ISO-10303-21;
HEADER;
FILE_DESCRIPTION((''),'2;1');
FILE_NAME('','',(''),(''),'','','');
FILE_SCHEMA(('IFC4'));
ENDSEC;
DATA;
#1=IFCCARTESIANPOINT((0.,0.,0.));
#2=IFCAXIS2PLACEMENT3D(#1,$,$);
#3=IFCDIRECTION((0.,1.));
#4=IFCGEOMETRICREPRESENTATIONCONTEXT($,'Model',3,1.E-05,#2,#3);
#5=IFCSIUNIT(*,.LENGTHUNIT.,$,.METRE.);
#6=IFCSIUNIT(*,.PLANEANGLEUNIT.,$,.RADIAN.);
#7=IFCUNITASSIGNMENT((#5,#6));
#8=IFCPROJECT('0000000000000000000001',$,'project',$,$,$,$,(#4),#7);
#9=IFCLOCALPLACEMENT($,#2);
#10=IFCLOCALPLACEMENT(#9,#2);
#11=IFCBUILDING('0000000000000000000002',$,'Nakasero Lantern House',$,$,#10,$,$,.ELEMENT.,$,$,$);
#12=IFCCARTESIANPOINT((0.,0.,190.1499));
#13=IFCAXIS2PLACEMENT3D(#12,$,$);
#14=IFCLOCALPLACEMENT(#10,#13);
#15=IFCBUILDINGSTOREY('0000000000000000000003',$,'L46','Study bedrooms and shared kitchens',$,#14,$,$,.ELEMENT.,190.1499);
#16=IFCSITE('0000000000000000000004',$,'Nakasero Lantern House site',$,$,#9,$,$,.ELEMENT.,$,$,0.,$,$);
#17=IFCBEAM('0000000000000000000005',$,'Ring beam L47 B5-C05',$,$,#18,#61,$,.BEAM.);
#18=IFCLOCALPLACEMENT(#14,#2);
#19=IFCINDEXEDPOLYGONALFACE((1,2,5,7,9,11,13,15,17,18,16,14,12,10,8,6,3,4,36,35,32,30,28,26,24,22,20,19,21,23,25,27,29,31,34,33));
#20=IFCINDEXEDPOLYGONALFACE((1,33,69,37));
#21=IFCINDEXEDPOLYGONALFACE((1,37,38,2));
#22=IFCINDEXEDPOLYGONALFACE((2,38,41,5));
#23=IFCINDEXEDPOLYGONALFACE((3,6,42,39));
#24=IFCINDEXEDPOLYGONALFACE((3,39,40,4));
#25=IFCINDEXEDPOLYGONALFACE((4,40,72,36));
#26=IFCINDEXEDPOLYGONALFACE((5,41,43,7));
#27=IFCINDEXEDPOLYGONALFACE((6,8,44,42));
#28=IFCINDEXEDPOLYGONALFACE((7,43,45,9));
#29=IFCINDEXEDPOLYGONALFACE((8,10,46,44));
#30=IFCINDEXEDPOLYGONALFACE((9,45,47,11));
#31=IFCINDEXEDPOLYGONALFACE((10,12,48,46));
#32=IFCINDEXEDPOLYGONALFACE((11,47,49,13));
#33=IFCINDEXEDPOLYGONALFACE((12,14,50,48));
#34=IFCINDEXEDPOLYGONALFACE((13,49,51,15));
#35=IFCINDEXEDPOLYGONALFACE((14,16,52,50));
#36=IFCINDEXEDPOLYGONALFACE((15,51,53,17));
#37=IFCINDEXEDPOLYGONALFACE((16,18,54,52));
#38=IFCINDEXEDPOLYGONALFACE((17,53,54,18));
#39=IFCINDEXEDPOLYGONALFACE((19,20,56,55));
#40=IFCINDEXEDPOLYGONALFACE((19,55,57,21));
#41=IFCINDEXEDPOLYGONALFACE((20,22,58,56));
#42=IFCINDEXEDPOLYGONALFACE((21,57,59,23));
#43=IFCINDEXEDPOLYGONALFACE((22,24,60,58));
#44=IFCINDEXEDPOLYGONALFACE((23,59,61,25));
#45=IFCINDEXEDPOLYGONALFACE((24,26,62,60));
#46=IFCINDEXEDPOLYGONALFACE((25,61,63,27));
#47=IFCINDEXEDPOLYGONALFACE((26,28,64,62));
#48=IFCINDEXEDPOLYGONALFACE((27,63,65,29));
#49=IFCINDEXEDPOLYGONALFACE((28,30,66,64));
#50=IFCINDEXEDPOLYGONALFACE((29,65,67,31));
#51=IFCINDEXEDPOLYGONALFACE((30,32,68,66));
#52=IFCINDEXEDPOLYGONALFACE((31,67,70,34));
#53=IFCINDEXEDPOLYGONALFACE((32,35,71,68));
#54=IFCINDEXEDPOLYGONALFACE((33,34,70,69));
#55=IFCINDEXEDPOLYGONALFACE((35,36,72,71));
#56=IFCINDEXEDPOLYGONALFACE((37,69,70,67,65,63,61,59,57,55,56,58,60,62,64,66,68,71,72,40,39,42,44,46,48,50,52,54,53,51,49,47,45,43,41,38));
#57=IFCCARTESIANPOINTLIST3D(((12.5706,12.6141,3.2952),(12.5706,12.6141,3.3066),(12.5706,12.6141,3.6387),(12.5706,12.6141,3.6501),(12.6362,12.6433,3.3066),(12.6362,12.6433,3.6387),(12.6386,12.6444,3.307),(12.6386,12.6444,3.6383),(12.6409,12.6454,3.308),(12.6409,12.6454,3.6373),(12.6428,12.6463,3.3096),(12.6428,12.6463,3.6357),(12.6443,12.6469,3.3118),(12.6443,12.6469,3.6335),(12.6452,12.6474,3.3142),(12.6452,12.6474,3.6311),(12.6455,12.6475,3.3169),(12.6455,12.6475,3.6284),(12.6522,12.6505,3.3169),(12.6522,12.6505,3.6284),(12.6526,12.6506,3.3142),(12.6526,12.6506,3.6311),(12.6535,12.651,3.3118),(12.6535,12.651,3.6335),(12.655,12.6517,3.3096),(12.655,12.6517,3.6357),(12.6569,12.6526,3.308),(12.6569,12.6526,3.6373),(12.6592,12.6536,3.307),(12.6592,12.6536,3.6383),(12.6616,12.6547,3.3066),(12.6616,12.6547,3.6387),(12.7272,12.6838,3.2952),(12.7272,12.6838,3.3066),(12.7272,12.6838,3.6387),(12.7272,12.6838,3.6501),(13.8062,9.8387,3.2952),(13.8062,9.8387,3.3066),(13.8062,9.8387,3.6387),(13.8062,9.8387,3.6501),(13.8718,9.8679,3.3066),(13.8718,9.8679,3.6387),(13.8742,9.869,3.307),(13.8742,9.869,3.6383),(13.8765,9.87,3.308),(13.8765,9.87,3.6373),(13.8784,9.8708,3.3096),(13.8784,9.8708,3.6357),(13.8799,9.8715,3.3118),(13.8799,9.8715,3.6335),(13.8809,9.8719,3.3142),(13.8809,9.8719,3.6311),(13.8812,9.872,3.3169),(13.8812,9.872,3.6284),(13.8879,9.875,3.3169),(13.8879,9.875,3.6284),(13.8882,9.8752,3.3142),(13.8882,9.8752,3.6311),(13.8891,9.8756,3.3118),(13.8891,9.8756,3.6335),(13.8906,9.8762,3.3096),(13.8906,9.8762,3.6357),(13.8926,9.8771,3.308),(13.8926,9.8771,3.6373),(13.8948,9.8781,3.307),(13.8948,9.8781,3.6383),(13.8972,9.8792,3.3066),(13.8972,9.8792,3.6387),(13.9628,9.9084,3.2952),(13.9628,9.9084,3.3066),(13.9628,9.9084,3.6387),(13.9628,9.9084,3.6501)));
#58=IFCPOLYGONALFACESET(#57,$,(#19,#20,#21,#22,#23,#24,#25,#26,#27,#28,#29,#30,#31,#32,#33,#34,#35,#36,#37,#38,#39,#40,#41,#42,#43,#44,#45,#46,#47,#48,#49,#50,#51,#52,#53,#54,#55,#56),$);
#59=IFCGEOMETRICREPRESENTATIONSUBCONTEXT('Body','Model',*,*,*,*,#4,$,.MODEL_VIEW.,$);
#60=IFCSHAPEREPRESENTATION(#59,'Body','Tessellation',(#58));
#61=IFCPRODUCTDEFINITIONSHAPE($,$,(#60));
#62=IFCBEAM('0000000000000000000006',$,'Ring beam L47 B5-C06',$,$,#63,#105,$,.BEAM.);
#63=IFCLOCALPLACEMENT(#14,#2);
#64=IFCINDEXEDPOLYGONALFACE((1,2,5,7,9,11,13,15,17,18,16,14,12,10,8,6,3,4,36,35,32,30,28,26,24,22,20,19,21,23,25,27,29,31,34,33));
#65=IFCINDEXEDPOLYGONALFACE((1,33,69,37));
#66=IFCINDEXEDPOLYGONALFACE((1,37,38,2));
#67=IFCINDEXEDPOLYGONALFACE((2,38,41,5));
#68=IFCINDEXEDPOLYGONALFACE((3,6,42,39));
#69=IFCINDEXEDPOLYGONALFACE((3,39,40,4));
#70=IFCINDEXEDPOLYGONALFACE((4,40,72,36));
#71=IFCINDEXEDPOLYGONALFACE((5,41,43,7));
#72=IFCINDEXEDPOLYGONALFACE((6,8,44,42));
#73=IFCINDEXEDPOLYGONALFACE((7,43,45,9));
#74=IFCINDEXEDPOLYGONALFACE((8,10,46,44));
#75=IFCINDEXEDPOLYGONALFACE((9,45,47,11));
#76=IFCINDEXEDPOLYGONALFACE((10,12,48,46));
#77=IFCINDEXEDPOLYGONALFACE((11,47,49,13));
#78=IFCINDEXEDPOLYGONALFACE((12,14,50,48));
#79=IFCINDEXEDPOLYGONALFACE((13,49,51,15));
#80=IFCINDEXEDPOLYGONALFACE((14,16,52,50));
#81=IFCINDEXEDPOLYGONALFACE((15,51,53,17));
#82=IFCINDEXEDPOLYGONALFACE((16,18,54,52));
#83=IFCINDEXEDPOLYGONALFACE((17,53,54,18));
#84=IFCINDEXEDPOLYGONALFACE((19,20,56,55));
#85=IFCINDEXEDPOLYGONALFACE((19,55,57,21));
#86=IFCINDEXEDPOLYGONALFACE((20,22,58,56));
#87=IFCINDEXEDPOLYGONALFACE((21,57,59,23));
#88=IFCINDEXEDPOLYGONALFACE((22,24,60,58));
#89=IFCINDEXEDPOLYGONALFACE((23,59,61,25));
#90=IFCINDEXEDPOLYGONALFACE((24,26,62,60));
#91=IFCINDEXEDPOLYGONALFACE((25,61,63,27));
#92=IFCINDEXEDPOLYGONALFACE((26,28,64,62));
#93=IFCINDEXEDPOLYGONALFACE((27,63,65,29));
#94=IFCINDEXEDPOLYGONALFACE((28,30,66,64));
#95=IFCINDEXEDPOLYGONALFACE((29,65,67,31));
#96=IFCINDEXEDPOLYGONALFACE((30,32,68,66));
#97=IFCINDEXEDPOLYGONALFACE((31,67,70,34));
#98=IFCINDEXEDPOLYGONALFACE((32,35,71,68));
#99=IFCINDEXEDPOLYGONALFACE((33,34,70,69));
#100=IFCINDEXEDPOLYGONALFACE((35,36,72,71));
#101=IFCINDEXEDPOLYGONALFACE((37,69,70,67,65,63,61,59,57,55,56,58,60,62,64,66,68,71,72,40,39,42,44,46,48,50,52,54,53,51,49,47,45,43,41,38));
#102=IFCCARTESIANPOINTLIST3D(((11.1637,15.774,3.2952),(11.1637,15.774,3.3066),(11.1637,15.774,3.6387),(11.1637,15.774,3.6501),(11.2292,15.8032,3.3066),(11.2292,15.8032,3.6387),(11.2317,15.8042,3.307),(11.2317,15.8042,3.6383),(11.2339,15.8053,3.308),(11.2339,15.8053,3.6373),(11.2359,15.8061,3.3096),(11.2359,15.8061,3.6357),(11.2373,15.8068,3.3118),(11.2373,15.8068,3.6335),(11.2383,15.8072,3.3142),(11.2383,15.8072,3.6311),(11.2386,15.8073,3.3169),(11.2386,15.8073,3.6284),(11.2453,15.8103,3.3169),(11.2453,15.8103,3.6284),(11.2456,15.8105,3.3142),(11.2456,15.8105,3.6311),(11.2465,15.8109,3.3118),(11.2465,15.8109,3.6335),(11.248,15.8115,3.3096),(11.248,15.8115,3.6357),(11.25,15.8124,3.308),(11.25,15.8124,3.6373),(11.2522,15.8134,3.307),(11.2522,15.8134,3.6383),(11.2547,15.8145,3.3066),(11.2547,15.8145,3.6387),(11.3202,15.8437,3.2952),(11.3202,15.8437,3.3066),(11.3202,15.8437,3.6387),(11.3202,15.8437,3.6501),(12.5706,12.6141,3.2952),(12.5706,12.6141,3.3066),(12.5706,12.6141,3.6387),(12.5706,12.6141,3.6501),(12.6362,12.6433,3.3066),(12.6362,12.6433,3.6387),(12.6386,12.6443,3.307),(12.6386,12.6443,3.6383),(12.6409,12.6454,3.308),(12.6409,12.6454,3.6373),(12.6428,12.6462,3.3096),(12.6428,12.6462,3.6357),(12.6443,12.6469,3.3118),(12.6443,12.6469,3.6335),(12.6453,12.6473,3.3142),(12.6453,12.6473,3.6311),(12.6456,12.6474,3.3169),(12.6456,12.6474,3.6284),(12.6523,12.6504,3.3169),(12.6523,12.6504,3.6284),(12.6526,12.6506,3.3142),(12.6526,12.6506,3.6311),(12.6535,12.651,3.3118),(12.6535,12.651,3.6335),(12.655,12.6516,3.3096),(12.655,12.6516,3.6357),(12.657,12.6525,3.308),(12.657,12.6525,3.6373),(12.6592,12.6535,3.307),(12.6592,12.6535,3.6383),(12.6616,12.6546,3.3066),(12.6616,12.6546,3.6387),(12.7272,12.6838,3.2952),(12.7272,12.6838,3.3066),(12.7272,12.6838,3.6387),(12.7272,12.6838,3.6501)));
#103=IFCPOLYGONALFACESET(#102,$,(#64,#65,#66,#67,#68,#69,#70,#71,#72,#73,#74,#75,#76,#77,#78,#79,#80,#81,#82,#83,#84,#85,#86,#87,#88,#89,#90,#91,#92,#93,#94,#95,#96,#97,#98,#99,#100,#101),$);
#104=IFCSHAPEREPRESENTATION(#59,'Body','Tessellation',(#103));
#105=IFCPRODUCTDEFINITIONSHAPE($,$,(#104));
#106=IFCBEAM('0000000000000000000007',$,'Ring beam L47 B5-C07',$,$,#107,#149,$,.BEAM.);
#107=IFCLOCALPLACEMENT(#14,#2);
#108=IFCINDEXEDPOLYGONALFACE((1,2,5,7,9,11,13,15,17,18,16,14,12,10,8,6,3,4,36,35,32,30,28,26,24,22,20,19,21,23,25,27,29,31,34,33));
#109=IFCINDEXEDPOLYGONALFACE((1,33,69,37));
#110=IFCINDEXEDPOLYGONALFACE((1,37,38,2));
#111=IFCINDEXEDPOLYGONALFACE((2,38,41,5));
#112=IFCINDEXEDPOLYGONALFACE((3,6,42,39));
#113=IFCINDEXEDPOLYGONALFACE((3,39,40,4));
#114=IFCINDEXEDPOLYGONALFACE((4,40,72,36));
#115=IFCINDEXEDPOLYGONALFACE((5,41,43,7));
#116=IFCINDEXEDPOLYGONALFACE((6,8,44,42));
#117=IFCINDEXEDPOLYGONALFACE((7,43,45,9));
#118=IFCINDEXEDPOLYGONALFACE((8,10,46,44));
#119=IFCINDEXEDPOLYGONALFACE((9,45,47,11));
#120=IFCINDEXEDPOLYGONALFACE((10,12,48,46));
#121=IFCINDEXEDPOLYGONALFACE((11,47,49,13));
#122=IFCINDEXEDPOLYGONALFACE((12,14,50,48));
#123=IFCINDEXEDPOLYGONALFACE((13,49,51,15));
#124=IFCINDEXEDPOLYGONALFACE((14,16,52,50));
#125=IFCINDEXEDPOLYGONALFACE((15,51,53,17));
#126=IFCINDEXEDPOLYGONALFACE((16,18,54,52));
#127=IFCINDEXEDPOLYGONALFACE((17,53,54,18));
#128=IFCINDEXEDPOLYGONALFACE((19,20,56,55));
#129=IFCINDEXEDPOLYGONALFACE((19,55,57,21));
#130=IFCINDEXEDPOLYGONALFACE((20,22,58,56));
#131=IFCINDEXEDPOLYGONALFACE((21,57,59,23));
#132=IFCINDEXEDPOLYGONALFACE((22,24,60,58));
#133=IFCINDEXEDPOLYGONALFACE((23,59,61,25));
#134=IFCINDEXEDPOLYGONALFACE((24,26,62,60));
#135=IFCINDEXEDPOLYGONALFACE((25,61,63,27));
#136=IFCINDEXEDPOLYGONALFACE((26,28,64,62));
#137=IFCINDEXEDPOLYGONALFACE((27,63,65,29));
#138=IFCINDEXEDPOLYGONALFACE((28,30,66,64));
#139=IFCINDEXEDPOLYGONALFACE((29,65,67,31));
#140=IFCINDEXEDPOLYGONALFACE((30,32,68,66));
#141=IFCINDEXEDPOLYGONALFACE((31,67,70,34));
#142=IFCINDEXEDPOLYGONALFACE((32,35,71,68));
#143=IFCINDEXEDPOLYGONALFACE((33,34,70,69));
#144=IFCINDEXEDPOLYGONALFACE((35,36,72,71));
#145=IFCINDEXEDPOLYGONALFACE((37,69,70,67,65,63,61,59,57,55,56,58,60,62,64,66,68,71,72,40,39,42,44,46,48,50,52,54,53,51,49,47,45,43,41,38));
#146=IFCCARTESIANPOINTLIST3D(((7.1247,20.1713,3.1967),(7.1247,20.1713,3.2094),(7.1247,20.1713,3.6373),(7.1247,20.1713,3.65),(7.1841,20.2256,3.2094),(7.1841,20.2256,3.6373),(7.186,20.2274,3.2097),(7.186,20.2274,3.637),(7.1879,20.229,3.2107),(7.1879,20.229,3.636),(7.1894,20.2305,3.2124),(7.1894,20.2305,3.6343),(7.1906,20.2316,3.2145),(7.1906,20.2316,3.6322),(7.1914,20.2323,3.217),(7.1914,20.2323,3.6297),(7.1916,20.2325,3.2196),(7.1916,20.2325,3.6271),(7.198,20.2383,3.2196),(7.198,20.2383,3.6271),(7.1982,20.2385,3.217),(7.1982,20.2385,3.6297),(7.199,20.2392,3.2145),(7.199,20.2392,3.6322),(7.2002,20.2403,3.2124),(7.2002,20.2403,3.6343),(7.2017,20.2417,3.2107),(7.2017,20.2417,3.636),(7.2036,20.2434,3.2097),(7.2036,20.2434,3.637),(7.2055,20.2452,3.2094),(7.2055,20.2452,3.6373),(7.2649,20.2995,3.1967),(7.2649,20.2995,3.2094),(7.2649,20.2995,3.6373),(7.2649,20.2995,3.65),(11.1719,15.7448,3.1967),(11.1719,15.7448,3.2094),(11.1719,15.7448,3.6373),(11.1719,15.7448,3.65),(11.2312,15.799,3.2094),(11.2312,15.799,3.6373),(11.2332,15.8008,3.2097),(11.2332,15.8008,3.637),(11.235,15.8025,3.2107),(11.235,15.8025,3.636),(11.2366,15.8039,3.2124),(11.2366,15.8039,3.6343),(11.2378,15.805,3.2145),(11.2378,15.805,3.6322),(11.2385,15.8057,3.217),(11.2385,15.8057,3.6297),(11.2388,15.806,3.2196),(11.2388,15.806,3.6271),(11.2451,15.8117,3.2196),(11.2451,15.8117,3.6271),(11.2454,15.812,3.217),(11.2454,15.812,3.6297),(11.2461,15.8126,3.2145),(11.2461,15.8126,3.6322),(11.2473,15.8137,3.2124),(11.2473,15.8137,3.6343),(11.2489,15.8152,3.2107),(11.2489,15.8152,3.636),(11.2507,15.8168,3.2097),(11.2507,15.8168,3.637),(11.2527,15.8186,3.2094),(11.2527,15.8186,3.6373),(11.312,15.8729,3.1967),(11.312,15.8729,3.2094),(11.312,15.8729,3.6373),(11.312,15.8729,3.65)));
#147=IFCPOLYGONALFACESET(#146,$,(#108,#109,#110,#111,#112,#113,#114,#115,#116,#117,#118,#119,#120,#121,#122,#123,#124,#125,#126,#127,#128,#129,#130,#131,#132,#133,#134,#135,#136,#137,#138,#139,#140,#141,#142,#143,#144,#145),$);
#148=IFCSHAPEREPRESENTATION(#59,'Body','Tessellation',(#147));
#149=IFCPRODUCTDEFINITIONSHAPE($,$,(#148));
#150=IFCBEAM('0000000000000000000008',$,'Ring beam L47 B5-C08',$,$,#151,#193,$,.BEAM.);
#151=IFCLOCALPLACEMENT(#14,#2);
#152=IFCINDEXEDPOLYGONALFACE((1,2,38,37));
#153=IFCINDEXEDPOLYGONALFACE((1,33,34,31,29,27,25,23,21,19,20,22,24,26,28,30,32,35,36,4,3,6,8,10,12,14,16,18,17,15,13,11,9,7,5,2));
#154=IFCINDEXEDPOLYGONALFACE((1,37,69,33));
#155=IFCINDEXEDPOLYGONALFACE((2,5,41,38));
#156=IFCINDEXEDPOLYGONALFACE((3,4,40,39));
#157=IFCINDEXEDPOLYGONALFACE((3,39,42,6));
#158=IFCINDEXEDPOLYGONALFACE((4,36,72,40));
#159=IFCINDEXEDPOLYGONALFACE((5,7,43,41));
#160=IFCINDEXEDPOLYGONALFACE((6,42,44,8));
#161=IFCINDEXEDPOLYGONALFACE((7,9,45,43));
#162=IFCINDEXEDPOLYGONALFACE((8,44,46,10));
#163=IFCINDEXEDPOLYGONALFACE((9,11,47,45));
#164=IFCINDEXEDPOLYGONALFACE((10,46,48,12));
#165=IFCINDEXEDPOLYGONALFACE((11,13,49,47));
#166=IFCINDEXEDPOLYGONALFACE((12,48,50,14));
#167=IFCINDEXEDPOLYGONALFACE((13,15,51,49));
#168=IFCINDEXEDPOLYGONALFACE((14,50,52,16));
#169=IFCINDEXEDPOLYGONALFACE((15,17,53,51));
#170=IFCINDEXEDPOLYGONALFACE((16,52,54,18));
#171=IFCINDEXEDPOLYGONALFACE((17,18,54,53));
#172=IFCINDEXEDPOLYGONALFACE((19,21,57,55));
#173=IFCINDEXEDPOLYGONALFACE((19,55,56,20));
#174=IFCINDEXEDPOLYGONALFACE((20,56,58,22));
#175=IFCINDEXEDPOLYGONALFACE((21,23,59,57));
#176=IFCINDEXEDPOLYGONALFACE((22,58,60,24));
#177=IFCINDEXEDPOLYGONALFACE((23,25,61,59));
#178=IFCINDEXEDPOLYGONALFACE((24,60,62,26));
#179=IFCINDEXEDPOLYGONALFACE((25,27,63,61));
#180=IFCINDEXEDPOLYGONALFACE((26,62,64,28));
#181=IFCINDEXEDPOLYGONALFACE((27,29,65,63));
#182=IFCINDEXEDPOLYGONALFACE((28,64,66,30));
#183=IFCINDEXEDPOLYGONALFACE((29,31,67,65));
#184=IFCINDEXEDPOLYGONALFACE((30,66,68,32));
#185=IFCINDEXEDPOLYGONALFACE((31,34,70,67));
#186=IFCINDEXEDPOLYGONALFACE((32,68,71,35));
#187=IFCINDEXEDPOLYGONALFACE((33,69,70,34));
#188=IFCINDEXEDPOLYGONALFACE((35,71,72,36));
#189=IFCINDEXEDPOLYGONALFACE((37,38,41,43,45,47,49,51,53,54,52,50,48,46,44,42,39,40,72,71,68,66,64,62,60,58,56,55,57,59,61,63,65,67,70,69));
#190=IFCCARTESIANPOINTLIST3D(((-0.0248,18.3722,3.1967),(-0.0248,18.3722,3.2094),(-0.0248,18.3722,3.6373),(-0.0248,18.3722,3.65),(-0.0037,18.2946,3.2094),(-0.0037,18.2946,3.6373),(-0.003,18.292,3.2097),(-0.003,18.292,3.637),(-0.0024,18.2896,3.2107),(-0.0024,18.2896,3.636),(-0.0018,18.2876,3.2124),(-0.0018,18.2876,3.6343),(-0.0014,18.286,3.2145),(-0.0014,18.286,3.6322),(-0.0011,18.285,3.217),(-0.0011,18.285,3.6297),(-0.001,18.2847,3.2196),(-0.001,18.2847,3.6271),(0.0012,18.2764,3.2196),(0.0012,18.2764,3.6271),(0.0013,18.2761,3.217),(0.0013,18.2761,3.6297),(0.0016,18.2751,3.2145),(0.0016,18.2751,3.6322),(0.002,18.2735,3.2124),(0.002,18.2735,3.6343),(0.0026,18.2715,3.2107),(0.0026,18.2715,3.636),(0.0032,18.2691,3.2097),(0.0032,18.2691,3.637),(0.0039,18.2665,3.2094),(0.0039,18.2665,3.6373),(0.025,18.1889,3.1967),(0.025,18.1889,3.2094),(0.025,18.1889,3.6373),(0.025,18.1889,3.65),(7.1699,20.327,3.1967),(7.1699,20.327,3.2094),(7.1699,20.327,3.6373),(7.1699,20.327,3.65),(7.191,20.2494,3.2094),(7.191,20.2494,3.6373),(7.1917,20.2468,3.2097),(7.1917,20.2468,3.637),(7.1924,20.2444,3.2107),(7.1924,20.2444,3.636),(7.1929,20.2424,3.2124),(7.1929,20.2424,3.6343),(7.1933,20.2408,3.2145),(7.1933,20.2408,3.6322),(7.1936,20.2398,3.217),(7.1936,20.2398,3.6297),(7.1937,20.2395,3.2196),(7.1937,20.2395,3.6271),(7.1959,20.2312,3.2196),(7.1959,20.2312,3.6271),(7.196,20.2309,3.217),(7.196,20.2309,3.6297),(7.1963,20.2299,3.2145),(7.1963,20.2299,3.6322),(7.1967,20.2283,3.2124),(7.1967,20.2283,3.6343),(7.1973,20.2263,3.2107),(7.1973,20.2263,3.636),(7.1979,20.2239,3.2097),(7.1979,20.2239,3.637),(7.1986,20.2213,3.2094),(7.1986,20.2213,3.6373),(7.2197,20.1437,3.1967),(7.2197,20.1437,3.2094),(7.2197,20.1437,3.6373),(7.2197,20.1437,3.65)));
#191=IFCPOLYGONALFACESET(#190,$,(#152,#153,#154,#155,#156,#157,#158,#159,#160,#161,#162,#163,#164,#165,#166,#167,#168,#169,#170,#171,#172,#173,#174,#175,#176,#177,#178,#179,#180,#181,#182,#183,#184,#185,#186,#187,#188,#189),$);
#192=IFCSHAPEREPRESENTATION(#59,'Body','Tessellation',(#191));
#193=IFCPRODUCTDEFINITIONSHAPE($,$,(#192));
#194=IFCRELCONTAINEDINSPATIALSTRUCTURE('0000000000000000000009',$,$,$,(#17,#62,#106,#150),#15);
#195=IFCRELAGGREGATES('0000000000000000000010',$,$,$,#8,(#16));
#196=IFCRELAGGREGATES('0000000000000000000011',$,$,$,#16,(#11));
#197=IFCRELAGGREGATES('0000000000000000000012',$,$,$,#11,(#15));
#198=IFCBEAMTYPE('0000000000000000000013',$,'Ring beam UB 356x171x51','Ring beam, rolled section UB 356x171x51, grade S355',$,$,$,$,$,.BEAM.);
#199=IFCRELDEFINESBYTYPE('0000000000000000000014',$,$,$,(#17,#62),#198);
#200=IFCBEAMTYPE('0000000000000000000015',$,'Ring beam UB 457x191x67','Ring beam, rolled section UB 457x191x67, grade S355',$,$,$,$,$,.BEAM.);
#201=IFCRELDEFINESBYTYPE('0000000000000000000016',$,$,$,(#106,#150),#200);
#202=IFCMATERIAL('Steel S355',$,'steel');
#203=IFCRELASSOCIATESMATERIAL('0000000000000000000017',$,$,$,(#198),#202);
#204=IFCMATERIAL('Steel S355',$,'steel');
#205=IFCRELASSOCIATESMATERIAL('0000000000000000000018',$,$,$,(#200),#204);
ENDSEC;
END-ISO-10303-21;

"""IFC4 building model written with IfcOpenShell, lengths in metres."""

from ifc_helpers import new_model, si_unit, direction, frame, origin, origin_2d, place, context, subcontext, project, spatial, i_section, extrude, material, material_profile, profile_set, type_object, element, save


model = new_model("IFC4")

# Units and contexts
model_context = context("Model", 3, precision=1e-05, world=origin(), true_north=direction((0.0, 1.0)))
body_context = subcontext(model_context, "Body", "Model", "MODEL_VIEW")
ifc_project = project(units=[si_unit("LENGTHUNIT", "METRE"), si_unit("PLANEANGLEUNIT", "RADIAN")], contexts=[model_context])

# Site, building, storey
site_placement = place(None, origin())
site = spatial("IfcSite", under=ifc_project, at=site_placement, Name="Nakasero Lantern House site", CompositionType="ELEMENT", RefElevation=0.0)
building_placement = place(site_placement, origin())
building = spatial("IfcBuilding", under=site, at=building_placement, Name="Nakasero Lantern House", CompositionType="ELEMENT")
storey_placement = place(building_placement, frame((0.0, 0.0, 190.1499)))
storey = spatial("IfcBuildingStorey", under=building, at=storey_placement, Name="L46", Description="Study bedrooms and shared kitchens", CompositionType="ELEMENT", Elevation=190.1499)

# Beams
ifc_material_1 = material(Name="Steel S355", Category="steel")
ifc_material_profile_1 = material_profile(ifc_material_1, i_section(OverallWidth=0.1714, OverallDepth=0.355, WebThickness=0.0073, FlangeThickness=0.0115, FilletRadius=0.0103, at=origin_2d()), Name="UB 356x171x51")
ifc_profile_set_1 = profile_set([ifc_material_profile_1], Name="Steel S355")
beam_type_1 = type_object("IfcBeamType", Name="Ring beam UB 356x171x51", Description="Ring beam, rolled section UB 356x171x51, grade S355", PredefinedType="BEAM", material=ifc_profile_set_1)
beam_1_placement = place(storey_placement, frame((13.8845, 9.8735, 3.4727), z_axis=(-0.406713, 0.913556, 0.0), x_axis=(-0.913556, -0.406713, 0.0)))
element("IfcBeam", 1, at=beam_1_placement, inside=storey, type_object=beam_type_1, Name="Ring beam L47 B5-C05", PredefinedType="BEAM", context=body_context, shape_type="SweptSolid", body=[
    extrude(i_section(OverallWidth=0.1714, OverallDepth=0.355, WebThickness=0.0073, FlangeThickness=0.0115, FilletRadius=0.0103, at=origin_2d()), origin(), (0.0, 0.0, 1.0), 3.0381),
])
beam_2_placement = place(storey_placement, frame((12.6489, 12.6489, 3.4727), z_axis=(-0.406761, 0.913535, 0.0), x_axis=(-0.913535, -0.406761, 0.0)))
element("IfcBeam", 2, at=beam_2_placement, inside=storey, type_object=beam_type_1, Name="Ring beam L47 B5-C06", PredefinedType="BEAM", context=body_context, shape_type="SweptSolid", body=[
    extrude(i_section(OverallWidth=0.1714, OverallDepth=0.355, WebThickness=0.0073, FlangeThickness=0.0115, FilletRadius=0.0103, at=origin_2d()), origin(), (0.0, 0.0, 1.0), 3.459),
])
ifc_material_2 = material(Name="Steel S355", Category="steel")
ifc_material_profile_2 = material_profile(ifc_material_2, i_section(OverallWidth=0.1899, OverallDepth=0.4534, WebThickness=0.0085, FlangeThickness=0.0127, FilletRadius=0.0103, at=origin_2d()), Name="UB 457x191x67")
ifc_profile_set_2 = profile_set([ifc_material_profile_2], Name="Steel S355")
beam_type_2 = type_object("IfcBeamType", Name="Ring beam UB 457x191x67", Description="Ring beam, rolled section UB 457x191x67, grade S355", PredefinedType="BEAM", material=ifc_profile_set_2)
beam_3_placement = place(storey_placement, frame((11.2419, 15.8088, 3.4233), z_axis=(-0.674771, 0.738027, 0.0), x_axis=(-0.738027, -0.674771, 0.0)))
element("IfcBeam", 3, at=beam_3_placement, inside=storey, type_object=beam_type_2, Name="Ring beam L47 B5-C07", PredefinedType="BEAM", context=body_context, shape_type="SweptSolid", body=[
    extrude(i_section(OverallWidth=0.1899, OverallDepth=0.4534, WebThickness=0.0085, FlangeThickness=0.0127, FilletRadius=0.0103, at=origin_2d()), origin(), (0.0, 0.0, 1.0), 5.9978),
])
beam_4_placement = place(storey_placement, frame((7.1948, 20.2354, 3.4233), z_axis=(-0.965015, -0.262195, 0.0), x_axis=(0.262195, -0.965015, 0.0)))
element("IfcBeam", 4, at=beam_4_placement, inside=storey, type_object=beam_type_2, Name="Ring beam L47 B5-C08", PredefinedType="BEAM", context=body_context, shape_type="SweptSolid", body=[
    extrude(i_section(OverallWidth=0.1899, OverallDepth=0.4534, WebThickness=0.0085, FlangeThickness=0.0127, FilletRadius=0.0103, at=origin_2d()), origin(), (0.0, 0.0, 1.0), 7.4556),
])

save(model, "model.ifc")
